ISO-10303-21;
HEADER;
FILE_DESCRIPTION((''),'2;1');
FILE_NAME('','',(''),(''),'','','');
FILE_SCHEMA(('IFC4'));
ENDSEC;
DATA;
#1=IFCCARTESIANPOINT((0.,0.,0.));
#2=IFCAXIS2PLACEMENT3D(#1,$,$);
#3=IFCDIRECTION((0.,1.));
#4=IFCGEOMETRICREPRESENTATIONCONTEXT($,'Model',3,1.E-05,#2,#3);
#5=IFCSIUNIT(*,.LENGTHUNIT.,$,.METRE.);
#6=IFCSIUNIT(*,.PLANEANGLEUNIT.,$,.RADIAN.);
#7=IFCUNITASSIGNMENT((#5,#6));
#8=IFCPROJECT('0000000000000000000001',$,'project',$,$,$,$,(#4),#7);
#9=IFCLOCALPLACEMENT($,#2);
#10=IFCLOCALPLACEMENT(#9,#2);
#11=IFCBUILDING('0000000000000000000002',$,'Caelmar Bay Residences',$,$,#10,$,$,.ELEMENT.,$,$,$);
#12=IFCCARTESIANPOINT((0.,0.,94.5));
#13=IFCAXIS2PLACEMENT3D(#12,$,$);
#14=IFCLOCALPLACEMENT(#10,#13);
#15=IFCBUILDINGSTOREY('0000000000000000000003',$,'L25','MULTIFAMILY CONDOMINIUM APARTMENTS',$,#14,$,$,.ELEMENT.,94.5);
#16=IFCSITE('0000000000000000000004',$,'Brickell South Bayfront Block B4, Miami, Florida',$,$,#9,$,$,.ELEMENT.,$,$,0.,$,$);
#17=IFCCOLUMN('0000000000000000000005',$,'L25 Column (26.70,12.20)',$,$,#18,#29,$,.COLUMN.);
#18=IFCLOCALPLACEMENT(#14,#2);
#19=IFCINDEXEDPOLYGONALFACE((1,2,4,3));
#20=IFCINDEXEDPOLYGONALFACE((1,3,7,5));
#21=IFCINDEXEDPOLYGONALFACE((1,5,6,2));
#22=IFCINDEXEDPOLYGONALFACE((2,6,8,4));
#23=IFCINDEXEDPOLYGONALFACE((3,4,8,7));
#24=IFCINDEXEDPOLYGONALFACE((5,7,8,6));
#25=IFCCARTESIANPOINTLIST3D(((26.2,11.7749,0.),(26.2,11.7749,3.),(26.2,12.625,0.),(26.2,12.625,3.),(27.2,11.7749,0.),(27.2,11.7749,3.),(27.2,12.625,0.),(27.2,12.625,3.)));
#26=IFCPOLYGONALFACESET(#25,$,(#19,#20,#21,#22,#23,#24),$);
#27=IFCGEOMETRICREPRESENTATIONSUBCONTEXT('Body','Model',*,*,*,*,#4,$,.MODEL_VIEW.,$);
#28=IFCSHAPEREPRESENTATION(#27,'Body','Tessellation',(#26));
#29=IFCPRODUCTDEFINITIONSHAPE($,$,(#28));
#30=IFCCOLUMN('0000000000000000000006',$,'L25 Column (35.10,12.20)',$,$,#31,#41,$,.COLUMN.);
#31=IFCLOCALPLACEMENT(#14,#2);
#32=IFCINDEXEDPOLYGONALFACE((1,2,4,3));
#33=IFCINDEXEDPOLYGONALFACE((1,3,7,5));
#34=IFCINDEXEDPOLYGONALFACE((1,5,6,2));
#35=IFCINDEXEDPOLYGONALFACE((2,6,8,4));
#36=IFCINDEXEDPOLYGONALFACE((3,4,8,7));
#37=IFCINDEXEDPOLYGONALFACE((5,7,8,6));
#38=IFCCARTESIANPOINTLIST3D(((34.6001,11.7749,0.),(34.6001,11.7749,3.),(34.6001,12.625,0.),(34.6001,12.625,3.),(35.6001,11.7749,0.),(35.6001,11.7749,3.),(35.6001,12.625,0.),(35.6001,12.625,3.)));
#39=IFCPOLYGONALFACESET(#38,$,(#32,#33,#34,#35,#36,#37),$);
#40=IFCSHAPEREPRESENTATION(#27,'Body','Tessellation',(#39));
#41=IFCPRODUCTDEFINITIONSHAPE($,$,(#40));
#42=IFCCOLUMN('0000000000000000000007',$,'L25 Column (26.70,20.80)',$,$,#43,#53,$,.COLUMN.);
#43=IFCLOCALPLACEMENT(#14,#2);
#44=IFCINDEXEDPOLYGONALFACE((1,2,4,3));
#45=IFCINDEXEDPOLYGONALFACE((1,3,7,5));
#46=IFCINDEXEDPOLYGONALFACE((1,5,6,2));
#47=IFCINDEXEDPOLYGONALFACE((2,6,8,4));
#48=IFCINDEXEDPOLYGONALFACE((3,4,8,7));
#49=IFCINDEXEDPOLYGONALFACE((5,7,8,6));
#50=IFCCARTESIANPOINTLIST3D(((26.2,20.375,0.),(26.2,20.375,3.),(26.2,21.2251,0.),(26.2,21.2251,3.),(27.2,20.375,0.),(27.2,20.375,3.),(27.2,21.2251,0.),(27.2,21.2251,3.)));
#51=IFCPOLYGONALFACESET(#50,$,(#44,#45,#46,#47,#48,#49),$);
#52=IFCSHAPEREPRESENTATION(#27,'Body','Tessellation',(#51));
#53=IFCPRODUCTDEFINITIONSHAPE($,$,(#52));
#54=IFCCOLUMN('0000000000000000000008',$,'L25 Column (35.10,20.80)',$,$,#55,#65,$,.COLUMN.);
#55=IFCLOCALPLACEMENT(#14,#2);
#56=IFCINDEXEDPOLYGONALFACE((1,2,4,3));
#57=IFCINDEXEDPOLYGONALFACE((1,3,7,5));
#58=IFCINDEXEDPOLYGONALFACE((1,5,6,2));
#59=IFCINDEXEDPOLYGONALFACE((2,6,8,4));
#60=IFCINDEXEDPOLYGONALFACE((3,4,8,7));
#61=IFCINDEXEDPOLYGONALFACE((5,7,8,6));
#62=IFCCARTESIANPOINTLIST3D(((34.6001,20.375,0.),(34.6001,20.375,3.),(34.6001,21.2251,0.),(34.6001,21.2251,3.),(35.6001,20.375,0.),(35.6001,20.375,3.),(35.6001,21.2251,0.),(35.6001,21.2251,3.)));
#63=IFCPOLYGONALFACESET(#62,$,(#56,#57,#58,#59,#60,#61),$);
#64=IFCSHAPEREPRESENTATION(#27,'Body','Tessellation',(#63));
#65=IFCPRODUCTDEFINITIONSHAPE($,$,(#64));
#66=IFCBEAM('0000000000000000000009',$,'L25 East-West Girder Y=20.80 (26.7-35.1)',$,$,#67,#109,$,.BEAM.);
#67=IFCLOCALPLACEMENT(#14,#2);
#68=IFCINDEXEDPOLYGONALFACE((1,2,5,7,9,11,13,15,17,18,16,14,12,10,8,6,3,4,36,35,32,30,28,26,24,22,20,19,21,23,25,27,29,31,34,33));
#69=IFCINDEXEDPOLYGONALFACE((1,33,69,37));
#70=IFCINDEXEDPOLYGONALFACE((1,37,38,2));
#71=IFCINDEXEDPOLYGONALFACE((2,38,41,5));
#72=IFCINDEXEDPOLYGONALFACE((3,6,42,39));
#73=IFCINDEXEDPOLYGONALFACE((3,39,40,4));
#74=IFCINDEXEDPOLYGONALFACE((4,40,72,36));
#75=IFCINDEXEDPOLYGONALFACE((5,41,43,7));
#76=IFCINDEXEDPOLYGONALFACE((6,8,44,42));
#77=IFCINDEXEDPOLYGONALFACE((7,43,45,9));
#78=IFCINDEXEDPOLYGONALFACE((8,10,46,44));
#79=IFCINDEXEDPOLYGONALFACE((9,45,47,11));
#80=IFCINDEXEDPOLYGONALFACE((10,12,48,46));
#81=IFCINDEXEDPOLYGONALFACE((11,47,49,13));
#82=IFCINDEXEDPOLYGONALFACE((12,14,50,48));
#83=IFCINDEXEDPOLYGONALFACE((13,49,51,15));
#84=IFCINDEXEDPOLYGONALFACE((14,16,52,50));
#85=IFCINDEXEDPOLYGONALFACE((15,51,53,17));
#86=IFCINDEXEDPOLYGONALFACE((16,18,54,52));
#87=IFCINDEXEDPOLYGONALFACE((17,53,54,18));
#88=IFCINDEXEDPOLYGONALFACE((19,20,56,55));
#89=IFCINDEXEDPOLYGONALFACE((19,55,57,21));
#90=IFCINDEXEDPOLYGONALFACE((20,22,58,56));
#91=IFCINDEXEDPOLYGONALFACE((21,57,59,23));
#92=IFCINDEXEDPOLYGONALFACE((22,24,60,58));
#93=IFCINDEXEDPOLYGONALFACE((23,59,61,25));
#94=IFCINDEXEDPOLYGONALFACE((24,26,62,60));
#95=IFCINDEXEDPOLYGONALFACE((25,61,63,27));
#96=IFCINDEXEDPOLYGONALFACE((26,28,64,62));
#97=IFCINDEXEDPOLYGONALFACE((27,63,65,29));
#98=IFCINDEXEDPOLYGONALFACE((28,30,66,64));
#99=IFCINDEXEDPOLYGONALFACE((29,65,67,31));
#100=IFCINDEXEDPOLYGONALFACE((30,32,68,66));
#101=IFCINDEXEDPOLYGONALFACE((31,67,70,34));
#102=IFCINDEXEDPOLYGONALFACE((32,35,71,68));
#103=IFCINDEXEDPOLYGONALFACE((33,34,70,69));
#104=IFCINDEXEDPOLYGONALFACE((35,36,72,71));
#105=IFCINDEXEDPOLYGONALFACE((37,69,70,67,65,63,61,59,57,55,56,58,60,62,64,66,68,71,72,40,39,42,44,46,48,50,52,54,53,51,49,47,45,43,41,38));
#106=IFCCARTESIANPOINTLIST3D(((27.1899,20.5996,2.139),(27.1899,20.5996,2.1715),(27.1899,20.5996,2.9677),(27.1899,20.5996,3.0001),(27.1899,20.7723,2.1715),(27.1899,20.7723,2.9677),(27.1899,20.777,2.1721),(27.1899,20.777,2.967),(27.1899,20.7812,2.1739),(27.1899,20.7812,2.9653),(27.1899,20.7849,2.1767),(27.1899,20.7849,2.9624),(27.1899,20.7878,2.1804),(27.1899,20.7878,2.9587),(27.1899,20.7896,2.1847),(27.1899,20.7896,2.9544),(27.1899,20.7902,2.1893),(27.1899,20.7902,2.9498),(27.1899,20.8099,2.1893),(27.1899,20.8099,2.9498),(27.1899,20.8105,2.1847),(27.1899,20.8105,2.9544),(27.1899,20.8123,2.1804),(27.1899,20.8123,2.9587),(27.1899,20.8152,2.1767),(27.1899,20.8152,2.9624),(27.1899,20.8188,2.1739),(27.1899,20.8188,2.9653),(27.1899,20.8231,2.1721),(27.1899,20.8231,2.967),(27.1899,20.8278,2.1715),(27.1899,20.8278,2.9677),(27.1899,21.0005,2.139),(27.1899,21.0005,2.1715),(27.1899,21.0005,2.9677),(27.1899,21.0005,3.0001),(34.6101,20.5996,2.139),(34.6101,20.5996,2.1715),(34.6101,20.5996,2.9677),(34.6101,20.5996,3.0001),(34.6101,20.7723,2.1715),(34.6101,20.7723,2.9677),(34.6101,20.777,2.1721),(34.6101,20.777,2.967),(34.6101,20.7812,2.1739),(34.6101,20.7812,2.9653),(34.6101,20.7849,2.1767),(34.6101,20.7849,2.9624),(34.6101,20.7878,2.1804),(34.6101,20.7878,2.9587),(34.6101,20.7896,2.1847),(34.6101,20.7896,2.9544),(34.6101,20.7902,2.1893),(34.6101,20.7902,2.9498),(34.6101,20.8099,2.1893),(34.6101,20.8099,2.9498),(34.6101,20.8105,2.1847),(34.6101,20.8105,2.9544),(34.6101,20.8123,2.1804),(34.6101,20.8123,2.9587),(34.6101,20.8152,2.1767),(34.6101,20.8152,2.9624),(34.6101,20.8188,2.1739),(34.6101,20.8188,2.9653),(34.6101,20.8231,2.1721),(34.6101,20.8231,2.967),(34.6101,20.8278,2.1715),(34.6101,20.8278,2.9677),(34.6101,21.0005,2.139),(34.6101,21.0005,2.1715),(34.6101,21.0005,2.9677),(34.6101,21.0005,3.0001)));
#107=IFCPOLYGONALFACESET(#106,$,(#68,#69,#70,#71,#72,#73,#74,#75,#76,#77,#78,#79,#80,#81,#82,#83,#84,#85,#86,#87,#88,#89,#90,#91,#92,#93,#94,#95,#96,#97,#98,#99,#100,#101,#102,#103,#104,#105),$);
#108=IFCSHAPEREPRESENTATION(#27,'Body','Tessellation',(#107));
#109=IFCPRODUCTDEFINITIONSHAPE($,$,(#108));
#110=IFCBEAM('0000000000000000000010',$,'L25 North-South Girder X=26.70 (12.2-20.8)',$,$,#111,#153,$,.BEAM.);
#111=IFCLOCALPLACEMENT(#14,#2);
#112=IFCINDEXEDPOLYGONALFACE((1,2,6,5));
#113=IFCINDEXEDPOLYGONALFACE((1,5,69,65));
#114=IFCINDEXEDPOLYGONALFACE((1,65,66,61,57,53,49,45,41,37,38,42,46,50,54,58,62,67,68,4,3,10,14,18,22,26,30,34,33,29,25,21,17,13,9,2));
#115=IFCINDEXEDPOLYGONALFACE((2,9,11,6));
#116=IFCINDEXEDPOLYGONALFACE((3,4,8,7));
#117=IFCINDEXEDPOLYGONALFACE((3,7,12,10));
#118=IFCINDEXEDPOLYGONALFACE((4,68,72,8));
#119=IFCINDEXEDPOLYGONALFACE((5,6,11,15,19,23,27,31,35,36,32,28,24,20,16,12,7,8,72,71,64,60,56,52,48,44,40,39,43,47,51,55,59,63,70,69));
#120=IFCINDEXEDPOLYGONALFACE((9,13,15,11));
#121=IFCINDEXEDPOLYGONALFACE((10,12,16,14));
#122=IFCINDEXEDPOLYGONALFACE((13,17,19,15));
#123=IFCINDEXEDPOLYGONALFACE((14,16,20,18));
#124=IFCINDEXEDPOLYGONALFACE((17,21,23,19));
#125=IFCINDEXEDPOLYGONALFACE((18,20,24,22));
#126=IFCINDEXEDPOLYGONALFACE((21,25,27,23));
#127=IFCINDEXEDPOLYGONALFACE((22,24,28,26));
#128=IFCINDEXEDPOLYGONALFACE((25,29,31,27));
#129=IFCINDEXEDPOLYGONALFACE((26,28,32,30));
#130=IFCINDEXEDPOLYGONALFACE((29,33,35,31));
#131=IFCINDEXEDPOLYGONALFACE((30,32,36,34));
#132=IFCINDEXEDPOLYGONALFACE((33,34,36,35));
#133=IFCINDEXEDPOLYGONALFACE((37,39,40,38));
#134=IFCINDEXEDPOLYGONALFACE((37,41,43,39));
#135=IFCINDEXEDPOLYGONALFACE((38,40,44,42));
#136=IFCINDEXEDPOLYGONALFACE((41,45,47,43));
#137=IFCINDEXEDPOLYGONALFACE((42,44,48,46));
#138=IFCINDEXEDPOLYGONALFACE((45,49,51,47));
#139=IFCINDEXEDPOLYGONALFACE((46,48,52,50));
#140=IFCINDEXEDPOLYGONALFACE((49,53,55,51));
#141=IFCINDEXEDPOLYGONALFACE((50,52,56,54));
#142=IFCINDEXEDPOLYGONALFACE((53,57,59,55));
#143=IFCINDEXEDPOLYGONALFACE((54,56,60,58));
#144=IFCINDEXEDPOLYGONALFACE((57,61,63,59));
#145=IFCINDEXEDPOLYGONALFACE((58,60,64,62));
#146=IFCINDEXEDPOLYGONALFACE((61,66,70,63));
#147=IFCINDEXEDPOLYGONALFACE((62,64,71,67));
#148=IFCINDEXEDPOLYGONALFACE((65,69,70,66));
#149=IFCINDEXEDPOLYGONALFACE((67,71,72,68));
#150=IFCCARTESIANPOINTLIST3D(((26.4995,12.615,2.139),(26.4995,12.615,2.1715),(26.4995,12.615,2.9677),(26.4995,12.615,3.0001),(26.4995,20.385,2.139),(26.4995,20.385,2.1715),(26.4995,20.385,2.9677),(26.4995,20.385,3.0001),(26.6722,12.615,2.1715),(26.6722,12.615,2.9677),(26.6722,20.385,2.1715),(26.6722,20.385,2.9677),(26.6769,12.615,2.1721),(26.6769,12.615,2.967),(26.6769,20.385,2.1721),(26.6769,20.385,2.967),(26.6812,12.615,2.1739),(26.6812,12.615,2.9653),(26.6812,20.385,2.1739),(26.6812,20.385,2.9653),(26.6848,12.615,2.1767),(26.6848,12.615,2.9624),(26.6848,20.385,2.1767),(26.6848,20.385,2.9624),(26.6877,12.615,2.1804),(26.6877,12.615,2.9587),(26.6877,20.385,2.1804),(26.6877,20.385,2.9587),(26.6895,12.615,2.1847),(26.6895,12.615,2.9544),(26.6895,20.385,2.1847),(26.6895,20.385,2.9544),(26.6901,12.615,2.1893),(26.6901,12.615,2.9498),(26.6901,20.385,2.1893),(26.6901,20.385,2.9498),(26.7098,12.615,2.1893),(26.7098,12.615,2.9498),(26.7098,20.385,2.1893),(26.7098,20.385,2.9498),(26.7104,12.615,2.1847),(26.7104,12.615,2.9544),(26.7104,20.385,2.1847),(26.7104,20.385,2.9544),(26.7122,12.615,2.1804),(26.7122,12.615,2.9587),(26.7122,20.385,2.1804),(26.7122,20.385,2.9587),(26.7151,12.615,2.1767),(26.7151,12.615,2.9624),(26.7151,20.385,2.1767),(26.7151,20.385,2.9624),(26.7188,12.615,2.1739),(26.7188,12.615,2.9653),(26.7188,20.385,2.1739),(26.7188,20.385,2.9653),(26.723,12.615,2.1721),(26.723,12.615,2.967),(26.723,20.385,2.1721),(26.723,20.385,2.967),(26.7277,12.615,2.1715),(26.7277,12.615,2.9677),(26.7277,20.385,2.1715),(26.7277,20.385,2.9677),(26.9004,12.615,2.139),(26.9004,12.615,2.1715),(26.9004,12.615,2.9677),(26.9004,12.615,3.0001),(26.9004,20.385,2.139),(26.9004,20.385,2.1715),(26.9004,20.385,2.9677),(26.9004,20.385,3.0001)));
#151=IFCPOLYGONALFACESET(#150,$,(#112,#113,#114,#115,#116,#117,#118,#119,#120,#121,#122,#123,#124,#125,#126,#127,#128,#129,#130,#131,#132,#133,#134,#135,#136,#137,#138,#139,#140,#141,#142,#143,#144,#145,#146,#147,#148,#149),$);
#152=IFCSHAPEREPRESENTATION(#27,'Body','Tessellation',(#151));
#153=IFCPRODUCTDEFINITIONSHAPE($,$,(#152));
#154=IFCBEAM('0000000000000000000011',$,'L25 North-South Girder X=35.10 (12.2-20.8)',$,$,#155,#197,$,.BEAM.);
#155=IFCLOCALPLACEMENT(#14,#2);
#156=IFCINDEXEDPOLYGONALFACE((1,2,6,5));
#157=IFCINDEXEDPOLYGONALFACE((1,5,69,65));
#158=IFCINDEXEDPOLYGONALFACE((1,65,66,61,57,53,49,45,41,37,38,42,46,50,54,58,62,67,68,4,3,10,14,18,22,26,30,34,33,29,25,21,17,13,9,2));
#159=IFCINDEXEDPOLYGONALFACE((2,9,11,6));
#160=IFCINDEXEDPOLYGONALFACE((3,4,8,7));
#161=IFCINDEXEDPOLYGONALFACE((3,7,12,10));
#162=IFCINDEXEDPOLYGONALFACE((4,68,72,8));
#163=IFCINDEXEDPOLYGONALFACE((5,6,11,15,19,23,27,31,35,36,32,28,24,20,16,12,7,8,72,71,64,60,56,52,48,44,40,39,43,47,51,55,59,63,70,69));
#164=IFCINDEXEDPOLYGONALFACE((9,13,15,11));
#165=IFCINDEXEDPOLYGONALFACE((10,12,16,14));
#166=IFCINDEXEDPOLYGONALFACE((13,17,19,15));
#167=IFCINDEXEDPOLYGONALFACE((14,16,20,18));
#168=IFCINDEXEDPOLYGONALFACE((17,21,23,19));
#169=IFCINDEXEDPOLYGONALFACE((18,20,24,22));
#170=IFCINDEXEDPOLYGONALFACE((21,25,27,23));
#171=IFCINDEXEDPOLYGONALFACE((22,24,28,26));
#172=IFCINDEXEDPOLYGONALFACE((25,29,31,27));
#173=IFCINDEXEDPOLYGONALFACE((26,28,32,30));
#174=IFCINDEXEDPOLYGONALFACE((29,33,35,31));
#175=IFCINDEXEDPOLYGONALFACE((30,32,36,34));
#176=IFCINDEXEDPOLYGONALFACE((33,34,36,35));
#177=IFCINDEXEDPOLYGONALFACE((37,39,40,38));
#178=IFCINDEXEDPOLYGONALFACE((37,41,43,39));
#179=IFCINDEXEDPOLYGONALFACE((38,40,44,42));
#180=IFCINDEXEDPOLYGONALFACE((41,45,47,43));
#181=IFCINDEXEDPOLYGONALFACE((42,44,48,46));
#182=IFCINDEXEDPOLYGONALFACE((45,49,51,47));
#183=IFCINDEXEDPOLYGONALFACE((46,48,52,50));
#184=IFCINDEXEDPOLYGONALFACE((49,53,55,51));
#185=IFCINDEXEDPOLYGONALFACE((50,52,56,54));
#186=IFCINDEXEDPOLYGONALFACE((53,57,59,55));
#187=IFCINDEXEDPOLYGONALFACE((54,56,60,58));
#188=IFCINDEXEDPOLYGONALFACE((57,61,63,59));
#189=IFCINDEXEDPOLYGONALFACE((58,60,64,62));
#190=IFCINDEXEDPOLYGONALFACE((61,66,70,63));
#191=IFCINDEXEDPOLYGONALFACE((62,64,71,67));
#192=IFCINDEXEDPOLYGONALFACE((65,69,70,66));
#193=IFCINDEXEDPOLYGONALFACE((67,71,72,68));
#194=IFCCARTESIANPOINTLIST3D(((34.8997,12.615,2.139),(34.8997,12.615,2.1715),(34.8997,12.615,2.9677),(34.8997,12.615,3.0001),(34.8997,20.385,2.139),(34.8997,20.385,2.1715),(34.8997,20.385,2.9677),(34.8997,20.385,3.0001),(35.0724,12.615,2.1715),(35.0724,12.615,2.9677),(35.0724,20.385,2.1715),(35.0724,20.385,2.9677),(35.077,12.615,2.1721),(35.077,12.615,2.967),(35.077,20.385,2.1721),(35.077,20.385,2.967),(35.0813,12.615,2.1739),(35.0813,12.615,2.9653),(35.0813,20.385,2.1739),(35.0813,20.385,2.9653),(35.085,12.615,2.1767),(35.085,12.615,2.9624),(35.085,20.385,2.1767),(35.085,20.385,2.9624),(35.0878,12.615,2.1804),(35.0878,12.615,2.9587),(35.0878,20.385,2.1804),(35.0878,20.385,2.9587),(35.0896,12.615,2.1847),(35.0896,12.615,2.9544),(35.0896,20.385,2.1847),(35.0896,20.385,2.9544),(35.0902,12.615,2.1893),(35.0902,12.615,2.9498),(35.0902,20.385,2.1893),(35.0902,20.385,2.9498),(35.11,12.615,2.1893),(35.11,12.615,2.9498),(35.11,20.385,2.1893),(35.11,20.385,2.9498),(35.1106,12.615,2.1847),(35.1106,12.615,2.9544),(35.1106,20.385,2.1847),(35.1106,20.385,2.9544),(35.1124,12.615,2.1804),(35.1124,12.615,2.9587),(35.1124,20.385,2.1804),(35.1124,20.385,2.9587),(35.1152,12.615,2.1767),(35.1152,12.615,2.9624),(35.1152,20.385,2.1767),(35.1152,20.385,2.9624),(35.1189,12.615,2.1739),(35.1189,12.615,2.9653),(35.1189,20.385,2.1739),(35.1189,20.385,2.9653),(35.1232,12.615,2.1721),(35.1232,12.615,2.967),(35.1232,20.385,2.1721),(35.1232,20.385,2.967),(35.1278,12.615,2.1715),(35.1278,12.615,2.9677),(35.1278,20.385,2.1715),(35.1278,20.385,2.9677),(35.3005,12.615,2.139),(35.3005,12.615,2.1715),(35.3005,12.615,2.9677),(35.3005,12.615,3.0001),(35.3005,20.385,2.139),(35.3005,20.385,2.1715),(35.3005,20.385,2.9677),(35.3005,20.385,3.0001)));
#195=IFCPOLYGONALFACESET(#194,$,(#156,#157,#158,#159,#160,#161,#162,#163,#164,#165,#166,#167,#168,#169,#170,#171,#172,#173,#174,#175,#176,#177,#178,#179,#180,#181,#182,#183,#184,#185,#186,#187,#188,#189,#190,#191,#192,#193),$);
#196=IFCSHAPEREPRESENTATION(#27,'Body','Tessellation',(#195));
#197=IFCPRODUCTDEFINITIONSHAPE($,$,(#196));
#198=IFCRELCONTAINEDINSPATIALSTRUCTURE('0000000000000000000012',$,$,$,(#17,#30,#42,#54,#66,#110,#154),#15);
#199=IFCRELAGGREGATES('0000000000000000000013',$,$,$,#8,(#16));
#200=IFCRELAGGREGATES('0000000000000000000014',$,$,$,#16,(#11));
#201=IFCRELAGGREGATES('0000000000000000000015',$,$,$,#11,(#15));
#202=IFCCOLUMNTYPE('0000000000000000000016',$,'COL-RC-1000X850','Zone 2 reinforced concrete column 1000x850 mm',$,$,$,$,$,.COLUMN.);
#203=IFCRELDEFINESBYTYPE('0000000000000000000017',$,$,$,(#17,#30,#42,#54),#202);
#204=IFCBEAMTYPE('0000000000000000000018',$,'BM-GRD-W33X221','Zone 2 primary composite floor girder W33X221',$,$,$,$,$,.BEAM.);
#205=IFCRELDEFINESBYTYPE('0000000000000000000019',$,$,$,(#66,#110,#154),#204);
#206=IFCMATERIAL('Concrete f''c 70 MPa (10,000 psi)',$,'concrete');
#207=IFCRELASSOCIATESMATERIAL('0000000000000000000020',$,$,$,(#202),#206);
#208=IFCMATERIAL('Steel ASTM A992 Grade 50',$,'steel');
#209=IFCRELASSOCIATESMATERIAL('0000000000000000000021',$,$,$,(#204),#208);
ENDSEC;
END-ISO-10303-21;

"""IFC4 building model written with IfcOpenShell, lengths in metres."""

from ifc_helpers import new_model, si_unit, direction, frame, origin, origin_2d, place, context, subcontext, project, spatial, rectangle, i_section, extrude, material, material_profile, profile_set, type_object, element, save


model = new_model("IFC4")

# Units and contexts
model_context = context("Model", 3, precision=1e-05, world=origin(), true_north=direction((0.0, 1.0)))
body_context = subcontext(model_context, "Body", "Model", "MODEL_VIEW")
ifc_project = project(units=[si_unit("LENGTHUNIT", "METRE"), si_unit("PLANEANGLEUNIT", "RADIAN")], contexts=[model_context])

# Site, building, storey
site_placement = place(None, origin())
site = spatial("IfcSite", under=ifc_project, at=site_placement, Name="Brickell South Bayfront Block B4, Miami, Florida", CompositionType="ELEMENT", RefElevation=0.0)
building_placement = place(site_placement, origin())
building = spatial("IfcBuilding", under=site, at=building_placement, Name="Caelmar Bay Residences", CompositionType="ELEMENT")
storey_placement = place(building_placement, frame((0.0, 0.0, 94.5)))
storey = spatial("IfcBuildingStorey", under=building, at=storey_placement, Name="L25", Description="MULTIFAMILY CONDOMINIUM APARTMENTS", CompositionType="ELEMENT", Elevation=94.5)

# Columns
ifc_material_1 = material(Name="Concrete f'c 70 MPa (10,000 psi)", Category="concrete")
ifc_material_profile_1 = material_profile(ifc_material_1, rectangle(XDim=1.0, YDim=0.8501, at=origin_2d()), Name="RC-COL-1000X850")
ifc_profile_set_1 = profile_set([ifc_material_profile_1], Name="Concrete f'c 70 MPa (10,000 psi)")
column_type = type_object("IfcColumnType", Name="COL-RC-1000X850", Description="Zone 2 reinforced concrete column 1000x850 mm", PredefinedType="COLUMN", material=ifc_profile_set_1)
for number, where, z_axis, x_axis, name in (
    (1, (26.7, 12.2, 0.0), (0.0, 0.0, 1.0), (1.0, 0.0, 0.0), "L25 Column (26.70,12.20)"),
    (2, (35.1001, 12.2, 0.0), (0.0, 0.0, 1.0), (1.0, 0.0, 0.0), "L25 Column (35.10,12.20)"),
    (3, (26.7, 20.8, 0.0), (0.0, 0.0, 1.0), (1.0, 0.0, 0.0), "L25 Column (26.70,20.80)"),
    (4, (35.1001, 20.8, 0.0), (0.0, 0.0, 1.0), (1.0, 0.0, 0.0), "L25 Column (35.10,20.80)"),
):
    element("IfcColumn", number, at=place(storey_placement, frame(where, z_axis=z_axis, x_axis=x_axis)), inside=storey, type_object=column_type, Name=name, PredefinedType="COLUMN", context=body_context, shape_type="SweptSolid", body=[
        extrude(rectangle(XDim=1.0, YDim=0.8501, at=origin_2d()), origin(), (0.0, 0.0, 1.0), 3.0),
    ])

# Beams
ifc_material_2 = material(Name="Steel ASTM A992 Grade 50", Category="steel")
ifc_material_profile_2 = material_profile(ifc_material_2, i_section(OverallWidth=0.4009, OverallDepth=0.8611, WebThickness=0.0198, FlangeThickness=0.0325, FilletRadius=0.0178, at=origin_2d()), Name="W33X221")
ifc_profile_set_2 = profile_set([ifc_material_profile_2], Name="Steel ASTM A992 Grade 50")
beam_type_1 = type_object("IfcBeamType", Name="BM-GRD-W33X221", Description="Zone 2 primary composite floor girder W33X221", PredefinedType="BEAM", material=ifc_profile_set_2)
beam_1_placement = place(storey_placement, frame((27.1899, 20.8, 2.5696), z_axis=(1.0, 0.0, 0.0), x_axis=(0.0, 1.0, 0.0)))
element("IfcBeam", 5, at=beam_1_placement, inside=storey, type_object=beam_type_1, Name="L25 East-West Girder Y=20.80 (26.7-35.1)", PredefinedType="BEAM", context=body_context, shape_type="SweptSolid", body=[
    extrude(i_section(OverallWidth=0.4009, OverallDepth=0.8611, WebThickness=0.0198, FlangeThickness=0.0325, FilletRadius=0.0178, at=origin_2d()), origin(), (0.0, 0.0, 1.0), 7.4202),
])
for number, where, z_axis, x_axis, name in (
    (6, (26.7, 12.615, 2.5696), (0.0, 1.0, 0.0), (-1.0, 0.0, 0.0), "L25 North-South Girder X=26.70 (12.2-20.8)"),
    (7, (35.1001, 12.615, 2.5696), (0.0, 1.0, 0.0), (-1.0, 0.0, 0.0), "L25 North-South Girder X=35.10 (12.2-20.8)"),
):
    element("IfcBeam", number, at=place(storey_placement, frame(where, z_axis=z_axis, x_axis=x_axis)), inside=storey, type_object=beam_type_1, Name=name, PredefinedType="BEAM", context=body_context, shape_type="SweptSolid", body=[
        extrude(i_section(OverallWidth=0.4009, OverallDepth=0.8611, WebThickness=0.0198, FlangeThickness=0.0325, FilletRadius=0.0178, at=origin_2d()), origin(), (0.0, 0.0, 1.0), 7.77),
    ])

save(model, "model.ifc")
